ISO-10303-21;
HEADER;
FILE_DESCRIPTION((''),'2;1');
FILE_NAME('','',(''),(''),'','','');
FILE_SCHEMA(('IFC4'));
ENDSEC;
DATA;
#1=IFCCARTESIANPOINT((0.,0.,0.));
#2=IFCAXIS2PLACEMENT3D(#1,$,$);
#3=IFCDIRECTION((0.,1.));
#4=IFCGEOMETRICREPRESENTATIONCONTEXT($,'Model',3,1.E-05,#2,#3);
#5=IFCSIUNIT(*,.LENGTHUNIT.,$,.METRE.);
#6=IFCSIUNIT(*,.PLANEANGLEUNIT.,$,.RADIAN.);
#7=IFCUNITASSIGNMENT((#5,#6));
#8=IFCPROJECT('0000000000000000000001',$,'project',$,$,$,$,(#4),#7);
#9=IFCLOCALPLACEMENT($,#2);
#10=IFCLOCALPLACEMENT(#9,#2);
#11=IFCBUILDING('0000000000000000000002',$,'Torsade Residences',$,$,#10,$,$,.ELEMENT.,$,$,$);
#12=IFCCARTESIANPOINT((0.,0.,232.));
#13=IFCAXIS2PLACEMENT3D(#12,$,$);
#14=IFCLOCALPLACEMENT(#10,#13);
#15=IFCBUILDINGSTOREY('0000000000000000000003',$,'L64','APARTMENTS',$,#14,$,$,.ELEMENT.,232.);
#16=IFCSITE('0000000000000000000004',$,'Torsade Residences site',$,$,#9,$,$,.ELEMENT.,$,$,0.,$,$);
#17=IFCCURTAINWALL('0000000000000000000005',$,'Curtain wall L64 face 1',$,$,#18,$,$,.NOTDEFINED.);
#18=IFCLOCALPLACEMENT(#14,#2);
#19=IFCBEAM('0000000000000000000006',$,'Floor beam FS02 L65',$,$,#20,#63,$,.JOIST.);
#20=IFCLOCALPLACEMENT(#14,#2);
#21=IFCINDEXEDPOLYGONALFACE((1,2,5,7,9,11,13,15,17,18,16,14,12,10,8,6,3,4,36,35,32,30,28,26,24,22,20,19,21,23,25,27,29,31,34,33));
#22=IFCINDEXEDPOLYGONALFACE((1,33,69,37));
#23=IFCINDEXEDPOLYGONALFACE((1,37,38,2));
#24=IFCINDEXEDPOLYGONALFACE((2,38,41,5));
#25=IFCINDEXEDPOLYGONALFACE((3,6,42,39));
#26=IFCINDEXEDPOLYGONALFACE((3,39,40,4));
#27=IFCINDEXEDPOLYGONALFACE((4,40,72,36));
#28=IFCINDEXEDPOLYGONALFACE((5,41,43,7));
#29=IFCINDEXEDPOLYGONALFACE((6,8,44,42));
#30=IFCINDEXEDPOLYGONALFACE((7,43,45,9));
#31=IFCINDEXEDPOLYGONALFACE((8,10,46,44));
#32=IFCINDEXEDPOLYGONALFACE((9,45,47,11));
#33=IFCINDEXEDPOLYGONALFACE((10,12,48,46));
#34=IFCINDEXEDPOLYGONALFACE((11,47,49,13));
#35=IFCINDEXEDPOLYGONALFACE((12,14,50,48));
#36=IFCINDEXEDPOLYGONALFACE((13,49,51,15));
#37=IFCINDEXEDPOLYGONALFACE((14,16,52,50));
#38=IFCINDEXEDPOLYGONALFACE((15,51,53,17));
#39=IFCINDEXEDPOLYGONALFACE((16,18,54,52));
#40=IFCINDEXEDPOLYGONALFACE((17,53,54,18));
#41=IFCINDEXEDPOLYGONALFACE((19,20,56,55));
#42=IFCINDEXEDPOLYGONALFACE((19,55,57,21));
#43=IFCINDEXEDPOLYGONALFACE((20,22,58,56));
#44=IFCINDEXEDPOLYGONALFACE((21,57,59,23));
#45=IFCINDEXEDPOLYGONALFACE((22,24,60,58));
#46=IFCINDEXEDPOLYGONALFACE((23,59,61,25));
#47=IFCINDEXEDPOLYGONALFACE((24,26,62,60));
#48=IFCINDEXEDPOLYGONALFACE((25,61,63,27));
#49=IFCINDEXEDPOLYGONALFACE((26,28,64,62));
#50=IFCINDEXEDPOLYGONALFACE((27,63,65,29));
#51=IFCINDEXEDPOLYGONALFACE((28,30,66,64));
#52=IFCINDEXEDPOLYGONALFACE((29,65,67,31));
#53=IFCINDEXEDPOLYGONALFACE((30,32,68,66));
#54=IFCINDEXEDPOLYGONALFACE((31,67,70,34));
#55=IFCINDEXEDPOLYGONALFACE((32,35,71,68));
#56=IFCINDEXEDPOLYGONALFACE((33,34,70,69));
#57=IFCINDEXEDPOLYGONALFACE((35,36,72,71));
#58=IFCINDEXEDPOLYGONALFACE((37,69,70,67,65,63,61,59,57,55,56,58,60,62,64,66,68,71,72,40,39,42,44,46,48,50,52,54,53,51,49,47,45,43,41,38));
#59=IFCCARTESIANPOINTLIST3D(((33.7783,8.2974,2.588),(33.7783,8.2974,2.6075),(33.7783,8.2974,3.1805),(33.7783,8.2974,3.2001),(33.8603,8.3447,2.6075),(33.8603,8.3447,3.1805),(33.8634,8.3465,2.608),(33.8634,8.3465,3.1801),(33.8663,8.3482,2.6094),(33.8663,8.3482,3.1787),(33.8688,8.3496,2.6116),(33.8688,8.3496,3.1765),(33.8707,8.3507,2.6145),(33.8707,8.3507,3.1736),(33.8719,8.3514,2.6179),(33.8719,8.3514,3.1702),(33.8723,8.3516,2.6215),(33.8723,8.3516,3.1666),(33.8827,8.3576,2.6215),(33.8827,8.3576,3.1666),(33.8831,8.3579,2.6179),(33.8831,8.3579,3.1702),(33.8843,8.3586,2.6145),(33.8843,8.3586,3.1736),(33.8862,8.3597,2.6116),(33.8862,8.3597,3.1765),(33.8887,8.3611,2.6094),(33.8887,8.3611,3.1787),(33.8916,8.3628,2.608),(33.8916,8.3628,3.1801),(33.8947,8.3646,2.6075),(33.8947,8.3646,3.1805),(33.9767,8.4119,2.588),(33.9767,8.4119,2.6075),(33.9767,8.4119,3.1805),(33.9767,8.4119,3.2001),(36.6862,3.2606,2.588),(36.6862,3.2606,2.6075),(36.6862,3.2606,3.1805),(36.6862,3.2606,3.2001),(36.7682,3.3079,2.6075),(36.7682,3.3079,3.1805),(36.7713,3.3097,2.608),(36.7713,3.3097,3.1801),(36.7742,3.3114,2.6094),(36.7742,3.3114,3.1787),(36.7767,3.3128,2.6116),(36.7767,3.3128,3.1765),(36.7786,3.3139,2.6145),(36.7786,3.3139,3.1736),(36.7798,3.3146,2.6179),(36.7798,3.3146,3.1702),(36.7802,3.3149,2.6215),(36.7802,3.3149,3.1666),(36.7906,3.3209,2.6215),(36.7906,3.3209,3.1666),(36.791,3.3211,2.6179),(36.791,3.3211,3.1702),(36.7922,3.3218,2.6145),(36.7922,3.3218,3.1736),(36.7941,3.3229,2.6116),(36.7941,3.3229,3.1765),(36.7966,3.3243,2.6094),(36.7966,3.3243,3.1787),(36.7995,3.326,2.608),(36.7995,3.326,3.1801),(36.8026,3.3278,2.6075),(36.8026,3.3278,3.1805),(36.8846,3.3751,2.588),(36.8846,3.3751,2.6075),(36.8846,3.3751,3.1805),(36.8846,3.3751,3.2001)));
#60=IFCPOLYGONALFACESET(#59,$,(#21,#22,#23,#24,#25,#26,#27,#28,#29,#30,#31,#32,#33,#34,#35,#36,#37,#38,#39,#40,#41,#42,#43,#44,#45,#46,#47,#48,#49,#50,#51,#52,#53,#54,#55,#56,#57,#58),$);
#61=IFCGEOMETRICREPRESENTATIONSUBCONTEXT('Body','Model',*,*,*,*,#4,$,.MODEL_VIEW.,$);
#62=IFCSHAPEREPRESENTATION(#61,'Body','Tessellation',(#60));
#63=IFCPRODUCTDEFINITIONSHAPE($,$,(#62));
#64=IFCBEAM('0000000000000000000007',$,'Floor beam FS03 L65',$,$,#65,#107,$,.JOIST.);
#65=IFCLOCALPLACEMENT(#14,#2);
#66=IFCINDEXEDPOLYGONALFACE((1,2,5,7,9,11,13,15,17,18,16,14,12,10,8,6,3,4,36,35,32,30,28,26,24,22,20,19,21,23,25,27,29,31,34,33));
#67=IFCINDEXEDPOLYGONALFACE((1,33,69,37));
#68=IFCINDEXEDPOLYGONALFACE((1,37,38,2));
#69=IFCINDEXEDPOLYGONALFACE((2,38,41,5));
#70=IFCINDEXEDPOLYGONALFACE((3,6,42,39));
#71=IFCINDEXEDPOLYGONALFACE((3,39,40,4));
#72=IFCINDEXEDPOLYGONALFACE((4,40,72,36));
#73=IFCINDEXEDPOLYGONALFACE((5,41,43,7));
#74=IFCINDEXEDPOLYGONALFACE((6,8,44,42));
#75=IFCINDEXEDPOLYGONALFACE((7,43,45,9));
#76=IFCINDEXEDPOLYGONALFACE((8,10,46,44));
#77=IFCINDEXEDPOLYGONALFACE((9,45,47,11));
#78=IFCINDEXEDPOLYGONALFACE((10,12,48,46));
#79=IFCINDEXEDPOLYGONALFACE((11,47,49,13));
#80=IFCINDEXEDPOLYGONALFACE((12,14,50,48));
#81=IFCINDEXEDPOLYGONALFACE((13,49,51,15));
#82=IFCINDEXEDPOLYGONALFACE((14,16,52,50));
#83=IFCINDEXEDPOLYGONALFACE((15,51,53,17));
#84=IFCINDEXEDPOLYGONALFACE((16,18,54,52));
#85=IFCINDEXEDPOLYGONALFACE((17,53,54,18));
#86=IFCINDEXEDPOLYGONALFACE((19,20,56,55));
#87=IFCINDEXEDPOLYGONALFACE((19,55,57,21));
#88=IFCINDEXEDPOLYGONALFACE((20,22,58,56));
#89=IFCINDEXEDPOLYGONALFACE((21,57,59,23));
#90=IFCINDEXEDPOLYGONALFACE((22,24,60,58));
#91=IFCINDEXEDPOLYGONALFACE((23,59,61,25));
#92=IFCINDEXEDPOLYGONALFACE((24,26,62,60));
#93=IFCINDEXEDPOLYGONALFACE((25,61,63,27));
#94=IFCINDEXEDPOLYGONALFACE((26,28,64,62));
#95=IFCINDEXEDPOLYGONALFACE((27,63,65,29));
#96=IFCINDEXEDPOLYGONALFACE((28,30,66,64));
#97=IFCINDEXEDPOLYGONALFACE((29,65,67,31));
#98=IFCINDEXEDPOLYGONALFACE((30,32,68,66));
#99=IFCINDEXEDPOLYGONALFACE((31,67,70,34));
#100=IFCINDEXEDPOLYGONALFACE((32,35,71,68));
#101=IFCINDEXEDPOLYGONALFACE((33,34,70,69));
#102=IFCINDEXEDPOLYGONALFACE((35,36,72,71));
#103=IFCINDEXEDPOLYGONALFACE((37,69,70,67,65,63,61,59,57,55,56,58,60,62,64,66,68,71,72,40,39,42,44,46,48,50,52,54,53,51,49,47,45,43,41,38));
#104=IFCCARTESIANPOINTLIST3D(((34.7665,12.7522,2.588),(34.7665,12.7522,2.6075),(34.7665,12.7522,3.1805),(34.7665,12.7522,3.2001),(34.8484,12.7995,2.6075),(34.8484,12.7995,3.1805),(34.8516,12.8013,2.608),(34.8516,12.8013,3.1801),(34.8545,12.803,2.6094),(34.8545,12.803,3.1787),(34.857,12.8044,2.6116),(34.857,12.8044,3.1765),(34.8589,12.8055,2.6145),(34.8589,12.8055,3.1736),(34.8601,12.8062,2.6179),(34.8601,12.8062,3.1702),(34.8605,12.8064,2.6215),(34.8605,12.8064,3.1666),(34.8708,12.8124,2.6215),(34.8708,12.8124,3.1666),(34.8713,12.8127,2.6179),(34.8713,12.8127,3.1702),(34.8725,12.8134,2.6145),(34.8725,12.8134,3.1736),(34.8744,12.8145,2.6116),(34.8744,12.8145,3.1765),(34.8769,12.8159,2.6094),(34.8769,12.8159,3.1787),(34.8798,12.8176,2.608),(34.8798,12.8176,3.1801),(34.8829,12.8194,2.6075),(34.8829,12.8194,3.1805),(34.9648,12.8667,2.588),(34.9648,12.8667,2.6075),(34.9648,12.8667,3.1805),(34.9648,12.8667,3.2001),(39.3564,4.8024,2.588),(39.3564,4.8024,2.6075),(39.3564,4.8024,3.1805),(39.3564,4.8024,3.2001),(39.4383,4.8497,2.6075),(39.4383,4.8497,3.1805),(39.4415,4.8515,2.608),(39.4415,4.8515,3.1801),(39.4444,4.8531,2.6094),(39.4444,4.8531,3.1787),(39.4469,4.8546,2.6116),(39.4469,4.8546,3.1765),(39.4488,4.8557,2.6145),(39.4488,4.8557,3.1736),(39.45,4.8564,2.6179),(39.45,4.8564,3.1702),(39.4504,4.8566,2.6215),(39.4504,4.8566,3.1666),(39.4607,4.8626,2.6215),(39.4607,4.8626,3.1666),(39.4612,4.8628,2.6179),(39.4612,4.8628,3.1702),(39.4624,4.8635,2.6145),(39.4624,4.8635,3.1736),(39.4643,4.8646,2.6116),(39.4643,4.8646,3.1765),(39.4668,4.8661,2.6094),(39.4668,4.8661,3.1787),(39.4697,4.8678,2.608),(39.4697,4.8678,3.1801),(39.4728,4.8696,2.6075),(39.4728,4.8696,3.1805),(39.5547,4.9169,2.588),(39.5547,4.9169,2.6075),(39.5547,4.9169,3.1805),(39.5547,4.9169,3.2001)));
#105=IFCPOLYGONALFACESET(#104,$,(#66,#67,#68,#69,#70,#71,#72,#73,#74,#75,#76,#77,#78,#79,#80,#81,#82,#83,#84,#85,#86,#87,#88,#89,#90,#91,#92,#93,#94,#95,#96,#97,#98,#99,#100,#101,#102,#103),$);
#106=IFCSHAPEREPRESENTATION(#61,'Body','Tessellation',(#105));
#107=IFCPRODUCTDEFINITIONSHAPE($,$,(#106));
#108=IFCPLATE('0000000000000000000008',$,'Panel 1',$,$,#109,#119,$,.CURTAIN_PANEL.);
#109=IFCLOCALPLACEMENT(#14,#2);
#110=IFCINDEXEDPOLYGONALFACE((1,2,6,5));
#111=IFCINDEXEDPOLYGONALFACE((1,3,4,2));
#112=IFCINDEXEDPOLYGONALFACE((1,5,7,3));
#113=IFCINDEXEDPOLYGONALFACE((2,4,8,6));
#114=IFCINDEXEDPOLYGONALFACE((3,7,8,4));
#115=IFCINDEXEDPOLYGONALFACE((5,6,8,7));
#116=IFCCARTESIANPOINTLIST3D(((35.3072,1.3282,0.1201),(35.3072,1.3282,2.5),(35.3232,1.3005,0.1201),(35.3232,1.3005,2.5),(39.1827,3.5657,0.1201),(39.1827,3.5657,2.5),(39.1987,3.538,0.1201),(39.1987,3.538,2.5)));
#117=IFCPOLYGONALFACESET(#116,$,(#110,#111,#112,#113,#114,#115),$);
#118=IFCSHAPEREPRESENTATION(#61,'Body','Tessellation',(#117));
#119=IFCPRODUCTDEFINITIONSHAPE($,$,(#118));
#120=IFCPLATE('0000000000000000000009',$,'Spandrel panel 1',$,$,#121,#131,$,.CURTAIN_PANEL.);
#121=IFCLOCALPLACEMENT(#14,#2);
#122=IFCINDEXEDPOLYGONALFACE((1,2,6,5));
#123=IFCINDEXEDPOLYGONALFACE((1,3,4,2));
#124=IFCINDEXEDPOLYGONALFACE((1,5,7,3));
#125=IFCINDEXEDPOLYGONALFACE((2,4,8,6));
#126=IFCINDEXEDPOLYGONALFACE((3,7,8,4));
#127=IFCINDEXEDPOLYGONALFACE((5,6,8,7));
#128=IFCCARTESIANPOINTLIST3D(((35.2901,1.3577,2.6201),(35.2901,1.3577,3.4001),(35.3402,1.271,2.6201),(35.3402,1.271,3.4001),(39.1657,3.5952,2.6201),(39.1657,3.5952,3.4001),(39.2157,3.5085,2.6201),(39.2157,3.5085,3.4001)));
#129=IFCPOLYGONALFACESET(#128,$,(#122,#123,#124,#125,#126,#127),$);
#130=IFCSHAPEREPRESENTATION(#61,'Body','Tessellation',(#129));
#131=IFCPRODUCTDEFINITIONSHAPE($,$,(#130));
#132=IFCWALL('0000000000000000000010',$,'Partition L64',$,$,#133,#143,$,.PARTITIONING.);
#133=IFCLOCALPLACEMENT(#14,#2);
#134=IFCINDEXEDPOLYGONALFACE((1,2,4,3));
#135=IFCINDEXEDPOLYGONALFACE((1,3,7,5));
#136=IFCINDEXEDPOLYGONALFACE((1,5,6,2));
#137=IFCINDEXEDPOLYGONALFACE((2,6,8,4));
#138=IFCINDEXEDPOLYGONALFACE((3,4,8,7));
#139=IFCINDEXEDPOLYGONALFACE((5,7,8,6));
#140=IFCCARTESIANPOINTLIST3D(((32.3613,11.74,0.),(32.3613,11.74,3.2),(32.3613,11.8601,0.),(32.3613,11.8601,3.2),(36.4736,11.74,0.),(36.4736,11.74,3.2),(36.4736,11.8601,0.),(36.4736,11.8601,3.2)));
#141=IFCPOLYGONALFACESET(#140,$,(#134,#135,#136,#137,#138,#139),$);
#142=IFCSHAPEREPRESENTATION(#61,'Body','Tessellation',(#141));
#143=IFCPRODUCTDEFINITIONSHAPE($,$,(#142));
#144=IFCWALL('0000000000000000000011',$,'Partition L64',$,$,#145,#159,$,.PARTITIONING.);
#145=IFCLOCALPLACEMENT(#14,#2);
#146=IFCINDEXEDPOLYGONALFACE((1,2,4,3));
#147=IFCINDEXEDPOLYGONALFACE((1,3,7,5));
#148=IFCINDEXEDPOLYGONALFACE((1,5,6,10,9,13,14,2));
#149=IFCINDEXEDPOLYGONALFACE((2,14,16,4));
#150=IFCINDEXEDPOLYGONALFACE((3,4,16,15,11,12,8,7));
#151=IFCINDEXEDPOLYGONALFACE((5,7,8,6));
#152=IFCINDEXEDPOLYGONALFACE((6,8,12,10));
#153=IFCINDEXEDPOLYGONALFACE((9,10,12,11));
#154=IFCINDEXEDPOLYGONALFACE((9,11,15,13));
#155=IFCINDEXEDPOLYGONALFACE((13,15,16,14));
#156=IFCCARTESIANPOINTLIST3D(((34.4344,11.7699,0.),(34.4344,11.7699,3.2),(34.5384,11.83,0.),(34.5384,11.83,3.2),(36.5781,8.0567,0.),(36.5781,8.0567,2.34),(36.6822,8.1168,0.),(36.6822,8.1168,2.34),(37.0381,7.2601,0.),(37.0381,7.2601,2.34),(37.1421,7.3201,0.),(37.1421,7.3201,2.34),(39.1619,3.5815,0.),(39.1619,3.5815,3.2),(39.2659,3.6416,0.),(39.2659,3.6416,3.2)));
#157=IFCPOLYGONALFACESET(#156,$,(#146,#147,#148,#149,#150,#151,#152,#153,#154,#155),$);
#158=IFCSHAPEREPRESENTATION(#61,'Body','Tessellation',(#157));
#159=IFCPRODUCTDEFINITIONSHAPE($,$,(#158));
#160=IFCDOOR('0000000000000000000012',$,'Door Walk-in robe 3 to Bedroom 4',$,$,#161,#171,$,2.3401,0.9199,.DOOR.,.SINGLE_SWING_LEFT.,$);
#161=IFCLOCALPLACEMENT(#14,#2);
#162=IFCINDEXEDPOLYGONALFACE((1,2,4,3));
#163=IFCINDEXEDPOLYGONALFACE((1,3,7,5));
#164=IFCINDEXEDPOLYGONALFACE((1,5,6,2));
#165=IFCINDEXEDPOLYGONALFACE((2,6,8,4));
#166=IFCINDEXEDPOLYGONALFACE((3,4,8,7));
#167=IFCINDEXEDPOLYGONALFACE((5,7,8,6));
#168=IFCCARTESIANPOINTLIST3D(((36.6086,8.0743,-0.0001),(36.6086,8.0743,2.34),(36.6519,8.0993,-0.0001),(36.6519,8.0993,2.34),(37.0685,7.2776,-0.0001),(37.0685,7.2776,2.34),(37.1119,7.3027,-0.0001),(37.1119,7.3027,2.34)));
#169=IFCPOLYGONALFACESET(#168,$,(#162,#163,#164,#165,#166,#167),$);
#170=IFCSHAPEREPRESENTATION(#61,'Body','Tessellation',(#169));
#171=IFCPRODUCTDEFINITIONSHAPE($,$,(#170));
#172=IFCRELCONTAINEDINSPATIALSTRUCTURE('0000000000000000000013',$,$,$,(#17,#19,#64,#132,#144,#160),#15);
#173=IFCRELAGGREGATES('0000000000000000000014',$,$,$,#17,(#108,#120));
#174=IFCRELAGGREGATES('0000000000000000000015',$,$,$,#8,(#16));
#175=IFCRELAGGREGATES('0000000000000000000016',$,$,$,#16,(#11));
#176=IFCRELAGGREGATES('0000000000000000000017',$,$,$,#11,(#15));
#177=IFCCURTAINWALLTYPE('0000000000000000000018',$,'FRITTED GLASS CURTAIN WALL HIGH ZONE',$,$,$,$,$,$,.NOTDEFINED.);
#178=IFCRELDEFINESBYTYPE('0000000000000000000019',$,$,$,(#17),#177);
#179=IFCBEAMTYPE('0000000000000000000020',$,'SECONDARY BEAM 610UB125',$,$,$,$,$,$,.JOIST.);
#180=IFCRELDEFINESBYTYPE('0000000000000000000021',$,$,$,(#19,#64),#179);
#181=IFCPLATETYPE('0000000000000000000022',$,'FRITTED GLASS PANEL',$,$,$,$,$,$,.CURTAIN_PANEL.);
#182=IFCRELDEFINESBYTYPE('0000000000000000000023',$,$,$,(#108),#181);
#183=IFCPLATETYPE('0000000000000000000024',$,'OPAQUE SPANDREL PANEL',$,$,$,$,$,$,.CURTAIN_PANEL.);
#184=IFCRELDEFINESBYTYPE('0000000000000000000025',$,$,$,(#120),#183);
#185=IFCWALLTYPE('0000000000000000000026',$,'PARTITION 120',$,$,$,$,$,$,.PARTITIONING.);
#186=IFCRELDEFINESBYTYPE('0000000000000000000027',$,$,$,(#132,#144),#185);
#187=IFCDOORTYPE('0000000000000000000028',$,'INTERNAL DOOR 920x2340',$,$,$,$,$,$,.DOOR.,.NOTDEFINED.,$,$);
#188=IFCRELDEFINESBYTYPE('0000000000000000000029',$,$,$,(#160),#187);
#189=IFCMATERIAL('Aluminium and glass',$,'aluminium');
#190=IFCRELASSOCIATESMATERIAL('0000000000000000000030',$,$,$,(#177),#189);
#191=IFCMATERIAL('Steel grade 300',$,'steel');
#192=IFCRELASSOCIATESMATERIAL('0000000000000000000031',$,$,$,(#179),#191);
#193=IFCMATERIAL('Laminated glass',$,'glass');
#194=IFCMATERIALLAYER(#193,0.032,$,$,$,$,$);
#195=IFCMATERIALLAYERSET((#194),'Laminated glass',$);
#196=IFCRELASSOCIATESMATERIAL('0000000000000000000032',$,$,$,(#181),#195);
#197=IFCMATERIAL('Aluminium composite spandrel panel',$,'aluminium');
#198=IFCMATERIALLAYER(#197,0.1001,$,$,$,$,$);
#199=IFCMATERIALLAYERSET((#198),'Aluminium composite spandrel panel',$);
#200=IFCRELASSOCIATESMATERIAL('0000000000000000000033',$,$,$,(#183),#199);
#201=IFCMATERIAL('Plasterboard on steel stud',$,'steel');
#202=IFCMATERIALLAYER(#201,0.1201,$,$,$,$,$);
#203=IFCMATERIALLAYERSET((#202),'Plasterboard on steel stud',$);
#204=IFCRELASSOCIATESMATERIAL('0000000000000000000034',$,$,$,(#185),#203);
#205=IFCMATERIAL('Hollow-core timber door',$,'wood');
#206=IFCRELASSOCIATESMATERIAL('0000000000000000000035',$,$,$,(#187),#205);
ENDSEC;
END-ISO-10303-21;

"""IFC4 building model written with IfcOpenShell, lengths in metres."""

from ifc_helpers import new_model, si_unit, direction, frame, frame_2d, origin, origin_2d, place, context, subcontext, project, spatial, rectangle, i_section, extrude, material, layer, layer_set, material_profile, profile_set, type_object, element, fill, aggregate, save


model = new_model("IFC4")

# Units and contexts
model_context = context("Model", 3, precision=1e-05, world=origin(), true_north=direction((0.0, 1.0)))
body_context = subcontext(model_context, "Body", "Model", "MODEL_VIEW")
ifc_project = project(units=[si_unit("LENGTHUNIT", "METRE"), si_unit("PLANEANGLEUNIT", "RADIAN")], contexts=[model_context])

# Site, building, storey
site_placement = place(None, origin())
site = spatial("IfcSite", under=ifc_project, at=site_placement, Name="Torsade Residences site", CompositionType="ELEMENT", RefElevation=0.0)
building_placement = place(site_placement, origin())
building = spatial("IfcBuilding", under=site, at=building_placement, Name="Torsade Residences", CompositionType="ELEMENT")
storey_placement = place(building_placement, frame((0.0, 0.0, 232.0)))
storey = spatial("IfcBuildingStorey", under=building, at=storey_placement, Name="L64", Description="APARTMENTS", CompositionType="ELEMENT", Elevation=232.0)

# Curtain wall
ifc_material_1 = material(Name="Aluminium and glass", Category="aluminium")
curtain_wall_type = type_object("IfcCurtainWallType", Name="FRITTED GLASS CURTAIN WALL HIGH ZONE", PredefinedType="NOTDEFINED", material=ifc_material_1)
curtain_wall_placement = place(storey_placement, origin())
curtain_wall = element("IfcCurtainWall", 1, at=curtain_wall_placement, inside=storey, type_object=curtain_wall_type, Name="Curtain wall L64 face 1", PredefinedType="NOTDEFINED")

# Beams
ifc_material_2 = material(Name="Steel grade 300", Category="steel")
ifc_material_profile_1 = material_profile(ifc_material_2, i_section(OverallWidth=0.229, OverallDepth=0.6121, WebThickness=0.012, FlangeThickness=0.0195, FilletRadius=0.0139, at=origin_2d()), Name="610UB125")
ifc_profile_set_1 = profile_set([ifc_material_profile_1], Name="Steel grade 300")
beam_type_1 = type_object("IfcBeamType", Name="SECONDARY BEAM 610UB125", PredefinedType="JOIST", material=ifc_profile_set_1)
beam_1_placement = place(storey_placement, frame((36.7854, 3.3179, 2.894), z_axis=(-0.49999, 0.866031, 0.0), x_axis=(-0.866031, -0.49999, 0.0)))
element("IfcBeam", 2, at=beam_1_placement, inside=storey, type_object=beam_type_1, Name="Floor beam FS02 L65", PredefinedType="JOIST", context=body_context, shape_type="SweptSolid", body=[
    extrude(i_section(OverallWidth=0.229, OverallDepth=0.6121, WebThickness=0.012, FlangeThickness=0.0195, FilletRadius=0.0139, at=origin_2d()), origin(), (0.0, 0.0, 1.0), 5.8159),
])
beam_2_placement = place(storey_placement, frame((39.4556, 4.8596, 2.894), z_axis=(-0.500006, 0.866022, 0.0), x_axis=(-0.866022, -0.500006, 0.0)))
element("IfcBeam", 3, at=beam_2_placement, inside=storey, type_object=beam_type_1, Name="Floor beam FS03 L65", PredefinedType="JOIST", context=body_context, shape_type="SweptSolid", body=[
    extrude(i_section(OverallWidth=0.229, OverallDepth=0.6121, WebThickness=0.012, FlangeThickness=0.0195, FilletRadius=0.0139, at=origin_2d()), origin(), (0.0, 0.0, 1.0), 9.1797),
])

# Plates
ifc_material_3 = material(Name="Laminated glass", Category="glass")
ifc_layer_1 = layer(ifc_material_3, 0.032)
ifc_layer_set_1 = layer_set([ifc_layer_1], Name="Laminated glass")
plate_type_1 = type_object("IfcPlateType", Name="FRITTED GLASS PANEL", PredefinedType="CURTAIN_PANEL", material=ifc_layer_set_1)
plate_1_placement = place(storey_placement, frame((37.2529, 2.4331, 0.1201), z_axis=(0.0, 0.0, 1.0), x_axis=(0.866025, 0.5, 0.0)))
plate_1 = element("IfcPlate", 4, at=plate_1_placement, type_object=plate_type_1, Name="Panel 1", PredefinedType="CURTAIN_PANEL", context=body_context, shape_type="SweptSolid", body=[
    extrude(rectangle(XDim=4.4751, YDim=0.032, at=origin_2d()), origin(), (0.0, 0.0, 1.0), 2.3799),
])
ifc_material_4 = material(Name="Aluminium composite spandrel panel", Category="aluminium")
ifc_layer_2 = layer(ifc_material_4, 0.1001)
ifc_layer_set_2 = layer_set([ifc_layer_2], Name="Aluminium composite spandrel panel")
plate_type_2 = type_object("IfcPlateType", Name="OPAQUE SPANDREL PANEL", PredefinedType="CURTAIN_PANEL", material=ifc_layer_set_2)
plate_2_placement = place(storey_placement, frame((37.2529, 2.4331, 2.6201), z_axis=(0.0, 0.0, 1.0), x_axis=(0.866025, 0.5, 0.0)))
plate_2 = element("IfcPlate", 5, at=plate_2_placement, type_object=plate_type_2, Name="Spandrel panel 1", PredefinedType="CURTAIN_PANEL", context=body_context, shape_type="SweptSolid", body=[
    extrude(rectangle(XDim=4.4751, YDim=0.1001, at=origin_2d()), origin(), (0.0, 0.0, 1.0), 0.78),
])
aggregate(curtain_wall, [plate_1, plate_2])

# Wall
ifc_material_5 = material(Name="Plasterboard on steel stud", Category="steel")
ifc_layer_3 = layer(ifc_material_5, 0.1201)
ifc_layer_set_3 = layer_set([ifc_layer_3], Name="Plasterboard on steel stud")
wall_type_1 = type_object("IfcWallType", Name="PARTITION 120", PredefinedType="PARTITIONING", material=ifc_layer_set_3)
wall_1_placement = place(storey_placement, frame((36.4736, 11.8, 0.0), z_axis=(0.0, 0.0, 1.0), x_axis=(-1.0, 0.0, 0.0)))
element("IfcWall", 6, at=wall_1_placement, inside=storey, type_object=wall_type_1, Name="Partition L64", PredefinedType="PARTITIONING", context=body_context, shape_type="SweptSolid", body=[
    extrude(rectangle(XDim=4.1123, YDim=0.1201, at=frame_2d((2.0562, 0.0))), origin(), (0.0, 0.0, 1.0), 3.2),
])

# Wall, opening, door
wall_2_placement = place(storey_placement, frame((39.2139, 3.6116, 0.0), z_axis=(0.0, 0.0, 1.0), x_axis=(-0.499994, 0.866029, 0.0)))
wall_2 = element("IfcWall", 7, at=wall_2_placement, inside=storey, type_object=wall_type_1, Name="Partition L64", PredefinedType="PARTITIONING", context=body_context, shape_type="SweptSolid", body=[
    extrude(rectangle(XDim=9.4551, YDim=0.1201, at=frame_2d((4.7275, 0.0))), origin(), (0.0, 0.0, 1.0), 3.2),
])
opening_1_placement = place(wall_2_placement, frame((4.2476, 0.0, 0.0)))
opening_1 = element("IfcOpeningElement", 8, at=opening_1_placement, cuts=wall_2, PredefinedType="OPENING", context=body_context, shape_type="SweptSolid", body=[
    extrude(rectangle(XDim=0.9199, YDim=2.3401, at=frame_2d((0.46, 1.1699))), frame((0.0, 0.0701, 0.0), z_axis=(0.0, -1.0, 0.0), x_axis=(1.0, 0.0, 0.0)), (0.0, 0.0, 1.0), 0.1401),
])
ifc_material_6 = material(Name="Hollow-core timber door", Category="wood")
door_type = type_object("IfcDoorType", Name="INTERNAL DOOR 920x2340", OperationType="NOTDEFINED", PredefinedType="DOOR", material=ifc_material_6)
door_placement = place(opening_1_placement, origin())
door = element("IfcDoor", 9, at=door_placement, inside=storey, type_object=door_type, Name="Door Walk-in robe 3 to Bedroom 4", OperationType="SINGLE_SWING_LEFT", OverallHeight=2.3401, OverallWidth=0.9199, PredefinedType="DOOR", context=body_context, shape_type="SweptSolid", body=[
    extrude(rectangle(XDim=0.9199, YDim=2.3401, at=frame_2d((0.46, 1.1699))), frame((0.0, 0.0249, 0.0), z_axis=(0.0, -1.0, 0.0), x_axis=(1.0, 0.0, 0.0)), (0.0, 0.0, 1.0), 0.05),
])
fill(opening_1, door)

save(model, "model.ifc")
